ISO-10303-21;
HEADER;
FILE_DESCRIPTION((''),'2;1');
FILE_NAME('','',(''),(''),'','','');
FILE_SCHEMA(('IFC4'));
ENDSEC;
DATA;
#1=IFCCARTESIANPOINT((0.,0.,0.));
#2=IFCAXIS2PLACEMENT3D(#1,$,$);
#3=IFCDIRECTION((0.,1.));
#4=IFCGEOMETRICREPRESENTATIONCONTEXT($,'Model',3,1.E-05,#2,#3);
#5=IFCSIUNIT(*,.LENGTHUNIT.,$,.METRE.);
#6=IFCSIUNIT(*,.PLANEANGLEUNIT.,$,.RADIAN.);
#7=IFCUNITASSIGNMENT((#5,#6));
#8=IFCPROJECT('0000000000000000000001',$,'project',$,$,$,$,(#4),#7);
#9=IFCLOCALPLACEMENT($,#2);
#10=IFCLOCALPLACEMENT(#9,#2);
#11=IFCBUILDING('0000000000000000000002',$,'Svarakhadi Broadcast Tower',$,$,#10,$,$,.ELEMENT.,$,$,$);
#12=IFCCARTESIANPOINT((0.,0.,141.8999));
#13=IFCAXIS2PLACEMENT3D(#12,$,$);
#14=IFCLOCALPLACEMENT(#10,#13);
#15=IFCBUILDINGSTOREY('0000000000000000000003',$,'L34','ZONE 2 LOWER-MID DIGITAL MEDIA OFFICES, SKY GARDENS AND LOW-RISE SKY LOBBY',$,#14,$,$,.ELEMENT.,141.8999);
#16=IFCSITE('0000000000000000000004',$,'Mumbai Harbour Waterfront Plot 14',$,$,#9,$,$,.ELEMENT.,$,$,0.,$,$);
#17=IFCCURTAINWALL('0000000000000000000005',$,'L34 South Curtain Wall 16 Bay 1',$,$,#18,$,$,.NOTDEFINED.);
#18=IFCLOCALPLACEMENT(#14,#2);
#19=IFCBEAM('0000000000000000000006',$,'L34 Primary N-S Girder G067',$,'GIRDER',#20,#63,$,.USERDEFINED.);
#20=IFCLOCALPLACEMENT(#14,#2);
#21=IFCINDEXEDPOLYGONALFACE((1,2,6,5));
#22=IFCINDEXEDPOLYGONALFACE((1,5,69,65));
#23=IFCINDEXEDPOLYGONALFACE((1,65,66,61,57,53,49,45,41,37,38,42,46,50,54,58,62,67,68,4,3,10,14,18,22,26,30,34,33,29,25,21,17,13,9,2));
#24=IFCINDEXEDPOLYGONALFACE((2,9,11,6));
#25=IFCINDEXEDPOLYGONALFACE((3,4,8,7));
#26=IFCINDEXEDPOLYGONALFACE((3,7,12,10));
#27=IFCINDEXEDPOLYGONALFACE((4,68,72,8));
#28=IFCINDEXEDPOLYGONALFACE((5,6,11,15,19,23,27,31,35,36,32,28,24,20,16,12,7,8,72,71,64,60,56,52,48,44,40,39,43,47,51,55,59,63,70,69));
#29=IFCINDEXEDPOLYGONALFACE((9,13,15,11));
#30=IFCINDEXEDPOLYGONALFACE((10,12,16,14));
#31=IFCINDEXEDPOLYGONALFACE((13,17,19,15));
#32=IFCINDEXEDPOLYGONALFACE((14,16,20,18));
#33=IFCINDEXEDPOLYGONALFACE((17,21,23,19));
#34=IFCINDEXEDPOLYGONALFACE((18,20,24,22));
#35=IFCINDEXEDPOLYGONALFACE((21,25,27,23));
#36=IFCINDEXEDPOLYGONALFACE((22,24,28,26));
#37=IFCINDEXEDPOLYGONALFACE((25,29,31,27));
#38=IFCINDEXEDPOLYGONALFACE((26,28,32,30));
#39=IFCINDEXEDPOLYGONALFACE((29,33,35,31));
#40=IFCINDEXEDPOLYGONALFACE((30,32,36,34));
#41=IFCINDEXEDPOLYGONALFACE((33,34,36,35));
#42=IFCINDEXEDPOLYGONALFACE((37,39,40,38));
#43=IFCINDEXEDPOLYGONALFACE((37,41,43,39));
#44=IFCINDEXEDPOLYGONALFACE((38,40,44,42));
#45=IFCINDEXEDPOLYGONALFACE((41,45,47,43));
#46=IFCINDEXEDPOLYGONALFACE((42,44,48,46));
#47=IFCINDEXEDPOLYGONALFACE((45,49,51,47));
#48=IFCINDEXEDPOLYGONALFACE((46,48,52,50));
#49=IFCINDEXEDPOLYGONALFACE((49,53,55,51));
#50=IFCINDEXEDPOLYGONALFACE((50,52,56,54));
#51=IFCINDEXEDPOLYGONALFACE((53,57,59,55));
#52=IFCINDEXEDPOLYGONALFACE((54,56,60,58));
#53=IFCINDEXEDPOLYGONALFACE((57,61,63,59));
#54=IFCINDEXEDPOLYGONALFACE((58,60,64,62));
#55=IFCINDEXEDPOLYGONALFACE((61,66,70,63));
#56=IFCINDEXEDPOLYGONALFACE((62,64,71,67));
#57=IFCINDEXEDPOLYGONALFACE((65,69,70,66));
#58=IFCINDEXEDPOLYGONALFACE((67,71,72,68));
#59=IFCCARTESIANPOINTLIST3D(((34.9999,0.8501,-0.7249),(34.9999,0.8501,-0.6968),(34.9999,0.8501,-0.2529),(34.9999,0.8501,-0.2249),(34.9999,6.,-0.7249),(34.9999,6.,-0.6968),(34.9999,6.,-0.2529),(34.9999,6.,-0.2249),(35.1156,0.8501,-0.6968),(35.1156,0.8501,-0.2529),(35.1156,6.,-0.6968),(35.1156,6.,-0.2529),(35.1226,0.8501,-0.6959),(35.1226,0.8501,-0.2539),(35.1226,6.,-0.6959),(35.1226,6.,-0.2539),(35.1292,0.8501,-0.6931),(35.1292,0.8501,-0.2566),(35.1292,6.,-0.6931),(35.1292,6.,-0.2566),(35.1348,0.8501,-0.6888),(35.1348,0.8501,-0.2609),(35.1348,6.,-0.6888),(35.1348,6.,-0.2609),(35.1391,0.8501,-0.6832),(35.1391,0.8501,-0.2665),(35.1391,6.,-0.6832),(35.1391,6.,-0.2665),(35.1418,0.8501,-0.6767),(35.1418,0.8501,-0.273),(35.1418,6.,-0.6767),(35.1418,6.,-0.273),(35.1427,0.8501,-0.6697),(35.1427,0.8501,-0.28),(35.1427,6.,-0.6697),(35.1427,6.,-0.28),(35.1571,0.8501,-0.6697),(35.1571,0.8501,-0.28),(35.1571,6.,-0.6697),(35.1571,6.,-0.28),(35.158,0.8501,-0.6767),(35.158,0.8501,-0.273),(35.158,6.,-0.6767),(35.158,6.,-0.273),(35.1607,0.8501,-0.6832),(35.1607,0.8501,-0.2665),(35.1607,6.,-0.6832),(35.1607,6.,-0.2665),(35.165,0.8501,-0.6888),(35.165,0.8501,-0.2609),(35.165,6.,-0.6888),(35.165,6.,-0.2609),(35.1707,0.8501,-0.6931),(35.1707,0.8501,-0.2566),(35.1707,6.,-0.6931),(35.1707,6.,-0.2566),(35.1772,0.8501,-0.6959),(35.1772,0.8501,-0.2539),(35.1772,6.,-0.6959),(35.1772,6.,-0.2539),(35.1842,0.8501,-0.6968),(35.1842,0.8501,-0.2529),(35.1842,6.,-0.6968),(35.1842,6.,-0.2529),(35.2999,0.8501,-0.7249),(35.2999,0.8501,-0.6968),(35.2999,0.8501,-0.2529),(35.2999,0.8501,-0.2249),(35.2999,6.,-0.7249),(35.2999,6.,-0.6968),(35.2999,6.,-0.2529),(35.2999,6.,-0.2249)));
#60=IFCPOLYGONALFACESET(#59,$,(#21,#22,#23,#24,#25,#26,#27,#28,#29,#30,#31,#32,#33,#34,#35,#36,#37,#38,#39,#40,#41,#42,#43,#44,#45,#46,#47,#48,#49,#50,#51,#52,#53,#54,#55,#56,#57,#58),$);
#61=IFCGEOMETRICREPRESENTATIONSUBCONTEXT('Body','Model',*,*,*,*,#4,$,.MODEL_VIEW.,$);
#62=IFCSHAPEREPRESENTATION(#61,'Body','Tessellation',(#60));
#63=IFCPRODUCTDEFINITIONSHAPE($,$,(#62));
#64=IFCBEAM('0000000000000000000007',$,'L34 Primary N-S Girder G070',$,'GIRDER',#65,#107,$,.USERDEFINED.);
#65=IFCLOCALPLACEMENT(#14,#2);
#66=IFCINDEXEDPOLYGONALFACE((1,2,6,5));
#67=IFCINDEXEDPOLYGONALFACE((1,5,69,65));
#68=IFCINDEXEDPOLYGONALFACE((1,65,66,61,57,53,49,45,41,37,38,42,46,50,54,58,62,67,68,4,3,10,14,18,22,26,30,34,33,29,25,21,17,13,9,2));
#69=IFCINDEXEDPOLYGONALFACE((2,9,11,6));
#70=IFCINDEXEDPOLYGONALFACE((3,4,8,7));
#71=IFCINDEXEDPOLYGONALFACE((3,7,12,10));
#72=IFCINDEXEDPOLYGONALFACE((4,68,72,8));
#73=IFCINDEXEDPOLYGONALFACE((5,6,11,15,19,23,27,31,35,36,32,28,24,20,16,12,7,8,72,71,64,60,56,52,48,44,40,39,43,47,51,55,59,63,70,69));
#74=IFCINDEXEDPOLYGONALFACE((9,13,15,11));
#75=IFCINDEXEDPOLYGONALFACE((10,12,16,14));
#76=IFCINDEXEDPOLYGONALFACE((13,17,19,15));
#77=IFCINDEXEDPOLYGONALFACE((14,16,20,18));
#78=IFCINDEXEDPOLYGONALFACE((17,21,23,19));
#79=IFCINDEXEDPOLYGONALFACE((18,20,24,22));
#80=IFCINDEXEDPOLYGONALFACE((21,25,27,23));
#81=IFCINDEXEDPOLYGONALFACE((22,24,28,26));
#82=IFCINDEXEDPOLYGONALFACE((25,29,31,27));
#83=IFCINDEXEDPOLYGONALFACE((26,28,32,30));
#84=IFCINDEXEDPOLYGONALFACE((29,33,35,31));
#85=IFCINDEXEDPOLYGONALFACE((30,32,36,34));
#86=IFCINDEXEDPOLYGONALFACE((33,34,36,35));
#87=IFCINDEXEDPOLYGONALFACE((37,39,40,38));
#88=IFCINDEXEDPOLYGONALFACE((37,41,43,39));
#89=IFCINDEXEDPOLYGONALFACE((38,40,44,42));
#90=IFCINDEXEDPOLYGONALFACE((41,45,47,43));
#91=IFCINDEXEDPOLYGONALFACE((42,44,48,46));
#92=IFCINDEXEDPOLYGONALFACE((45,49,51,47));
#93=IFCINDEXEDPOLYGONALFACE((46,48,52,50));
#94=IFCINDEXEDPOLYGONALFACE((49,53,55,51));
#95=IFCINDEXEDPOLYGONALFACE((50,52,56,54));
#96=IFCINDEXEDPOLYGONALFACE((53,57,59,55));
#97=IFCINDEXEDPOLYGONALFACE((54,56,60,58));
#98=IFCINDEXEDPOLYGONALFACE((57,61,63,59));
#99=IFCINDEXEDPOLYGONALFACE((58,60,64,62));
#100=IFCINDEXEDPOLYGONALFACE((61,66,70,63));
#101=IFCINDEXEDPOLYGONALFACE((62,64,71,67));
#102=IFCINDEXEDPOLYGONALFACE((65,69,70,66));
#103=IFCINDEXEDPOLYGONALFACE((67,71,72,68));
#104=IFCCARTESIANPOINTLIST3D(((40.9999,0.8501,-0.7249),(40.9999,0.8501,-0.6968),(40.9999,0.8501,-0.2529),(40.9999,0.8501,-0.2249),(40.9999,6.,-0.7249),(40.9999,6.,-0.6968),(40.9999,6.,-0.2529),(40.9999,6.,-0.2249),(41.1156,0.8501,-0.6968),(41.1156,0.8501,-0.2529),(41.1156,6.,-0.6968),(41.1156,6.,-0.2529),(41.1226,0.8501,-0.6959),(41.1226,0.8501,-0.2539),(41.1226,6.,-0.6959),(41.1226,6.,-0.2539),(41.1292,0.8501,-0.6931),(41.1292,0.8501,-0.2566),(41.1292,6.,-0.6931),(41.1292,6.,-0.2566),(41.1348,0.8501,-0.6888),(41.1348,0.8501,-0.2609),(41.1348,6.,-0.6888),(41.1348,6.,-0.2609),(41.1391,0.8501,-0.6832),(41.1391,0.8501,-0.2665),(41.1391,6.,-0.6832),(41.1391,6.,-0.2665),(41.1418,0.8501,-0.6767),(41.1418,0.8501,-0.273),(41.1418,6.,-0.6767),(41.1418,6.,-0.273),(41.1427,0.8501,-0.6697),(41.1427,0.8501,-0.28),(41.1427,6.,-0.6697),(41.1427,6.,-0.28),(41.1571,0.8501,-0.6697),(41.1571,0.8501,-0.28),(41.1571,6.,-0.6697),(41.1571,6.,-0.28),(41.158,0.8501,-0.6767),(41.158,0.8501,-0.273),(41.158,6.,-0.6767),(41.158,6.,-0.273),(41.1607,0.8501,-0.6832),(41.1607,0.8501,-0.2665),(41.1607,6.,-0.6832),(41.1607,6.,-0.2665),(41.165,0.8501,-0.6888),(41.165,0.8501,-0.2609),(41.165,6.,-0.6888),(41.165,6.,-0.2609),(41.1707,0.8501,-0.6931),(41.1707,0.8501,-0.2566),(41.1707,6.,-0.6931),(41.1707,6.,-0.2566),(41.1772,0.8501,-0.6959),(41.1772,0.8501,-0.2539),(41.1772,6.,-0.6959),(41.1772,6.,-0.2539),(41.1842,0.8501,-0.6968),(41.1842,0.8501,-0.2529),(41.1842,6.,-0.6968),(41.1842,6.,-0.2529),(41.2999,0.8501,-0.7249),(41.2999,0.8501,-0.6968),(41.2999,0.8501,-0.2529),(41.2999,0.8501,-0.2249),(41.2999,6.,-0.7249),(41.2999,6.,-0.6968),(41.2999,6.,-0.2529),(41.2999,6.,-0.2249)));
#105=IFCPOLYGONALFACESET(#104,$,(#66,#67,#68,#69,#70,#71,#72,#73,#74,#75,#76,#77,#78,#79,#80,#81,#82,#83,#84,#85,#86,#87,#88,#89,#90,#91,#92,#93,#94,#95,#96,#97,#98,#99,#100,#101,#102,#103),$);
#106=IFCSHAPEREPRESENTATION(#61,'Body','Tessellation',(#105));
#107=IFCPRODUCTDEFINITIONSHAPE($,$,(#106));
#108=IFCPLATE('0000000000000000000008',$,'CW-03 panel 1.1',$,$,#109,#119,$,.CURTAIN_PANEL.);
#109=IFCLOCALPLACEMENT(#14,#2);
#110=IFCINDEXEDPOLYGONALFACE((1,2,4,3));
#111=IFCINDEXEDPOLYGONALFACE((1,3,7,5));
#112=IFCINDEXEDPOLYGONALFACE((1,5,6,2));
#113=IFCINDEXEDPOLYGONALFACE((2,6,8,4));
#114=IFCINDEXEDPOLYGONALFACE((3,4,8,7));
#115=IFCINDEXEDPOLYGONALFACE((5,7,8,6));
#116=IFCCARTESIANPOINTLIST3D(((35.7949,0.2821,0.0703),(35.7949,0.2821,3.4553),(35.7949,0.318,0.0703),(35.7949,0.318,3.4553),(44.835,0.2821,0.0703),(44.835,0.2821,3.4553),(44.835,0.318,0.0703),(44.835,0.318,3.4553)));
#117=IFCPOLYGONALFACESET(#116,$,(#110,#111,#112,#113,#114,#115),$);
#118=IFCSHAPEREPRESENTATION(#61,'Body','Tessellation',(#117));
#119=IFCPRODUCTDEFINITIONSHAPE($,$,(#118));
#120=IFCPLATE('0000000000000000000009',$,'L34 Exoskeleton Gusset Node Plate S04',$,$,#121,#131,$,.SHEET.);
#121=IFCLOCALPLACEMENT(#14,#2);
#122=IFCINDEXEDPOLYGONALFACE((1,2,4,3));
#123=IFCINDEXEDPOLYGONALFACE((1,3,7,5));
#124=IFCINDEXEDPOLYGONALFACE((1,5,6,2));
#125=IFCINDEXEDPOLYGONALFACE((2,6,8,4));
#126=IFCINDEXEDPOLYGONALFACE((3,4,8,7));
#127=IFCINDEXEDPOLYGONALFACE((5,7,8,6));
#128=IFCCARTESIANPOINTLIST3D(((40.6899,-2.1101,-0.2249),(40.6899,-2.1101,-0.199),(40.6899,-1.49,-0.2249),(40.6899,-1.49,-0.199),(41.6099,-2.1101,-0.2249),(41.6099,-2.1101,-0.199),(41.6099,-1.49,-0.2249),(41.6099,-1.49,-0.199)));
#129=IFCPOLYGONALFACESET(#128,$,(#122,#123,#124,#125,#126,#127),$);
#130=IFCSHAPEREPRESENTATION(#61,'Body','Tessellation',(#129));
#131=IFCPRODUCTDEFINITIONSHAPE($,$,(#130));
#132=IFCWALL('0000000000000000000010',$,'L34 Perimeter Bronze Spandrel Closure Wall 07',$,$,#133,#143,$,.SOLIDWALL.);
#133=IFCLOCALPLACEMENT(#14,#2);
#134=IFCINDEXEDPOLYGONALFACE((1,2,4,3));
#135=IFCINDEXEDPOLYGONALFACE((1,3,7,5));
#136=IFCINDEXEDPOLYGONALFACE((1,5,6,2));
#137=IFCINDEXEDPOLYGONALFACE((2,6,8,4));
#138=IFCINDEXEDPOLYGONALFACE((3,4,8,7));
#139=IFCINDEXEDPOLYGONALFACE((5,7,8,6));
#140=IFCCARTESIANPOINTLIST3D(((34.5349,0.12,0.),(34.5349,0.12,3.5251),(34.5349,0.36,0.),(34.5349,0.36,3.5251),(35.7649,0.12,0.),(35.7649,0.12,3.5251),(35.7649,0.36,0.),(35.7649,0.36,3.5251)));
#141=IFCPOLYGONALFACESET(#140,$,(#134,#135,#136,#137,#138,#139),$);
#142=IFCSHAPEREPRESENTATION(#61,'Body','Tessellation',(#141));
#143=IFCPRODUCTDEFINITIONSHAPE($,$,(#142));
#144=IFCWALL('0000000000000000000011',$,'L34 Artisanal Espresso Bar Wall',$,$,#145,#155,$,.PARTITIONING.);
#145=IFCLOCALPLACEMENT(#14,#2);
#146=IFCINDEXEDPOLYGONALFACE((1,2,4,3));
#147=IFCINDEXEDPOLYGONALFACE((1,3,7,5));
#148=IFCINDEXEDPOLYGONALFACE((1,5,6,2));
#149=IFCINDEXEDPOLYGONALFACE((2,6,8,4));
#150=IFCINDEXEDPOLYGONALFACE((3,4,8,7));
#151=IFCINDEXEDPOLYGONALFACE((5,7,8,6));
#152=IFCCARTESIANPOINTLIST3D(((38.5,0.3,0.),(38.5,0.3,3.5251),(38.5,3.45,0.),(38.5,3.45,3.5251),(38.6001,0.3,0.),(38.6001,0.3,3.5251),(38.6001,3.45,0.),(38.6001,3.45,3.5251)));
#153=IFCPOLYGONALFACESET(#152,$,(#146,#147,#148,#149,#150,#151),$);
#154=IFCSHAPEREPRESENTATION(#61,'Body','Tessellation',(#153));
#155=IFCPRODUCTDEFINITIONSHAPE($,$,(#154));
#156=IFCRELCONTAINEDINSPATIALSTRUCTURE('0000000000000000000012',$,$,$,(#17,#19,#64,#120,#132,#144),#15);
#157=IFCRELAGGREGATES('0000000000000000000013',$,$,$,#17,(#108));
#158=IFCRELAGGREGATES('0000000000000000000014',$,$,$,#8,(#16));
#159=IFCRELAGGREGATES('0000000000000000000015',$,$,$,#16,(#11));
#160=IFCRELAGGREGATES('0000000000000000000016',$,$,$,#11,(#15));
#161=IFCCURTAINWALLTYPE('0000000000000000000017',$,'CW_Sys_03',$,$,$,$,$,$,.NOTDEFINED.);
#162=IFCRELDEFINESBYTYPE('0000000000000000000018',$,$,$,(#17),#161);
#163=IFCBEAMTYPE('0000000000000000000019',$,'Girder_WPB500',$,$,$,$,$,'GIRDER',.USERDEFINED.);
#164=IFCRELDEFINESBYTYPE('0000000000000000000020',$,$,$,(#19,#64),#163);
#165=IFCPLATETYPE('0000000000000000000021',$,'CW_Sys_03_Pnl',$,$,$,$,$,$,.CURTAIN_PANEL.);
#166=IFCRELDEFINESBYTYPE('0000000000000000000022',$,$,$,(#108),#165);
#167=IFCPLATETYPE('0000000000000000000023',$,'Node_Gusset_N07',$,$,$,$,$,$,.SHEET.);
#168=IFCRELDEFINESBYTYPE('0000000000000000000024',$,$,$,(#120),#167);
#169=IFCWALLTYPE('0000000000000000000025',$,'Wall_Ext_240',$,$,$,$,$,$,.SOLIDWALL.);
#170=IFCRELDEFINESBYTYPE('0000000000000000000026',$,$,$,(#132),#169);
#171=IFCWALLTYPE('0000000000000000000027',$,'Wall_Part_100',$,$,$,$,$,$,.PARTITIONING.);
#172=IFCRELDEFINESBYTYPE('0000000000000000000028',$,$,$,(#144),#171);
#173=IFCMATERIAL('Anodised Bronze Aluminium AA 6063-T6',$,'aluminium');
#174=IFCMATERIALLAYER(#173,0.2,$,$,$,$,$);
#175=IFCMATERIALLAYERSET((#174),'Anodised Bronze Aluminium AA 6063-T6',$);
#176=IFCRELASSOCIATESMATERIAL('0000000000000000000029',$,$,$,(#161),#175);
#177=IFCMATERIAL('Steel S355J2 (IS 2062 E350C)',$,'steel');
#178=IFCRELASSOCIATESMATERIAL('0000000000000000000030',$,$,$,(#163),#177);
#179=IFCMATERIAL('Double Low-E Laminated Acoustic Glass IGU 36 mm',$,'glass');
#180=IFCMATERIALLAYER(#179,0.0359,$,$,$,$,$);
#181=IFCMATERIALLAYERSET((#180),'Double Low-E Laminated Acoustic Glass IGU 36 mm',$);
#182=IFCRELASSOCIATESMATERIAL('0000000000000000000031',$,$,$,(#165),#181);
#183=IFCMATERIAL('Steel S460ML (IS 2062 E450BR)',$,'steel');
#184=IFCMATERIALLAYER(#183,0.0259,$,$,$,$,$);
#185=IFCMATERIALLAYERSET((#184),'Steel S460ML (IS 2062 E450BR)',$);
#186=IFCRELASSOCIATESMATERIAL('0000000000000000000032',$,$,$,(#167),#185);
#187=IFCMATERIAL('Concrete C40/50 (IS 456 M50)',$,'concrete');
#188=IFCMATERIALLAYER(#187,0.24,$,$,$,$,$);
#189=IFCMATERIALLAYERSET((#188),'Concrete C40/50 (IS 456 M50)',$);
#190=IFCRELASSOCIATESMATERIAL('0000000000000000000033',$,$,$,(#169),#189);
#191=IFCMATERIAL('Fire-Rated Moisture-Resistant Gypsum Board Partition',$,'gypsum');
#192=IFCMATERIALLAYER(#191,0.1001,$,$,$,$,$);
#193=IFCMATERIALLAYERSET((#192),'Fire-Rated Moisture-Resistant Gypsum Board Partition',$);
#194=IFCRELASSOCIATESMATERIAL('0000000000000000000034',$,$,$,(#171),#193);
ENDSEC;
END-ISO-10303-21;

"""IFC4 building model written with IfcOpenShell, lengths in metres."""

from ifc_helpers import new_model, si_unit, direction, frame, frame_2d, origin, origin_2d, place, context, subcontext, project, spatial, rectangle, i_section, extrude, material, layer, layer_set, material_profile, profile_set, type_object, element, aggregate, save


model = new_model("IFC4")

# Units and contexts
model_context = context("Model", 3, precision=1e-05, world=origin(), true_north=direction((0.0, 1.0)))
body_context = subcontext(model_context, "Body", "Model", "MODEL_VIEW")
ifc_project = project(units=[si_unit("LENGTHUNIT", "METRE"), si_unit("PLANEANGLEUNIT", "RADIAN")], contexts=[model_context])

# Site, building, storey
site_placement = place(None, origin())
site = spatial("IfcSite", under=ifc_project, at=site_placement, Name="Mumbai Harbour Waterfront Plot 14", CompositionType="ELEMENT", RefElevation=0.0)
building_placement = place(site_placement, origin())
building = spatial("IfcBuilding", under=site, at=building_placement, Name="Svarakhadi Broadcast Tower", CompositionType="ELEMENT")
storey_placement = place(building_placement, frame((0.0, 0.0, 141.8999)))
storey = spatial("IfcBuildingStorey", under=building, at=storey_placement, Name="L34", Description="ZONE 2 LOWER-MID DIGITAL MEDIA OFFICES, SKY GARDENS AND LOW-RISE SKY LOBBY", CompositionType="ELEMENT", Elevation=141.8999)

# Shared definitions
ifc_material_1 = material(Name="Steel S460ML (IS 2062 E450BR)", Category="steel")

# Curtain wall
ifc_material_2 = material(Name="Anodised Bronze Aluminium AA 6063-T6", Category="aluminium")
ifc_layer_1 = layer(ifc_material_2, 0.2)
ifc_layer_set_1 = layer_set([ifc_layer_1], Name="Anodised Bronze Aluminium AA 6063-T6")
curtain_wall_type = type_object("IfcCurtainWallType", Name="CW_Sys_03", PredefinedType="NOTDEFINED", material=ifc_layer_set_1)
curtain_wall_1_placement = place(storey_placement, origin())
curtain_wall_1 = element("IfcCurtainWall", 1, at=curtain_wall_1_placement, inside=storey, type_object=curtain_wall_type, Name="L34 South Curtain Wall 16 Bay 1", PredefinedType="NOTDEFINED")

# Beams
ifc_material_3 = material(Name="Steel S355J2 (IS 2062 E350C)", Category="steel")
ifc_material_profile_1 = material_profile(ifc_material_3, i_section(OverallWidth=0.3, OverallDepth=0.5, WebThickness=0.0144, FlangeThickness=0.0281, FilletRadius=0.0271, at=origin_2d()), Name="WPB 500x300x187")
ifc_profile_set_1 = profile_set([ifc_material_profile_1], Name="Steel S355J2 (IS 2062 E350C)")
beam_type = type_object("IfcBeamType", Name="Girder_WPB500", ElementType="GIRDER", PredefinedType="USERDEFINED", material=ifc_profile_set_1)
for number, where, z_axis, x_axis, name in (
    (2, (35.1499, 0.8501, -0.4749), (0.0, 1.0, 0.0), (-1.0, 0.0, 0.0), "L34 Primary N-S Girder G067"),
    (3, (41.1499, 0.8501, -0.4749), (0.0, 1.0, 0.0), (-1.0, 0.0, 0.0), "L34 Primary N-S Girder G070"),
):
    element("IfcBeam", number, at=place(storey_placement, frame(where, z_axis=z_axis, x_axis=x_axis)), inside=storey, type_object=beam_type, Name=name, ObjectType="GIRDER", PredefinedType="USERDEFINED", context=body_context, shape_type="SweptSolid", body=[
        extrude(i_section(OverallWidth=0.3, OverallDepth=0.5, WebThickness=0.0144, FlangeThickness=0.0281, FilletRadius=0.0271, at=origin_2d()), origin(), (0.0, 0.0, 1.0), 5.1499),
    ])

# Plates
ifc_material_4 = material(Name="Double Low-E Laminated Acoustic Glass IGU 36 mm", Category="glass")
ifc_layer_2 = layer(ifc_material_4, 0.0359)
ifc_layer_set_2 = layer_set([ifc_layer_2], Name="Double Low-E Laminated Acoustic Glass IGU 36 mm")
plate_type_1 = type_object("IfcPlateType", Name="CW_Sys_03_Pnl", PredefinedType="CURTAIN_PANEL", material=ifc_layer_set_2)
plate_1_placement = place(storey_placement, frame((40.3149, 0.3, 0.0703), z_axis=(0.0, 0.0, 1.0), x_axis=(-1.0, 0.0, 0.0)))
plate_1 = element("IfcPlate", 4, at=plate_1_placement, type_object=plate_type_1, Name="CW-03 panel 1.1", PredefinedType="CURTAIN_PANEL", context=body_context, shape_type="SweptSolid", body=[
    extrude(rectangle(XDim=9.04, YDim=0.0359, at=origin_2d()), origin(), (0.0, 0.0, 1.0), 3.385),
])
aggregate(curtain_wall_1, [plate_1])
ifc_layer_3 = layer(ifc_material_1, 0.0259)
ifc_layer_set_3 = layer_set([ifc_layer_3], Name="Steel S460ML (IS 2062 E450BR)")
plate_type_2 = type_object("IfcPlateType", Name="Node_Gusset_N07", PredefinedType="SHEET", material=ifc_layer_set_3)
plate_2_placement = place(storey_placement, frame((41.1499, -1.8, -0.2249), z_axis=(0.0, 0.0, 1.0), x_axis=(1.0, 0.0, 0.0)))
element("IfcPlate", 5, at=plate_2_placement, inside=storey, type_object=plate_type_2, Name="L34 Exoskeleton Gusset Node Plate S04", PredefinedType="SHEET", context=body_context, shape_type="SweptSolid", body=[
    extrude(rectangle(XDim=0.9199, YDim=0.6201, at=origin_2d()), origin(), (0.0, 0.0, 1.0), 0.0259),
])

# Walls
ifc_material_5 = material(Name="Concrete C40/50 (IS 456 M50)", Category="concrete")
ifc_layer_4 = layer(ifc_material_5, 0.24)
ifc_layer_set_4 = layer_set([ifc_layer_4], Name="Concrete C40/50 (IS 456 M50)")
wall_type_1 = type_object("IfcWallType", Name="Wall_Ext_240", PredefinedType="SOLIDWALL", material=ifc_layer_set_4)
wall_1_placement = place(storey_placement, frame((35.7649, 0.24, 0.0), z_axis=(0.0, 0.0, 1.0), x_axis=(-1.0, 0.0, 0.0)))
element("IfcWall", 6, at=wall_1_placement, inside=storey, type_object=wall_type_1, Name="L34 Perimeter Bronze Spandrel Closure Wall 07", PredefinedType="SOLIDWALL", context=body_context, shape_type="SweptSolid", body=[
    extrude(rectangle(XDim=1.23, YDim=0.24, at=frame_2d((0.615, 0.0))), origin(), (0.0, 0.0, 1.0), 3.5251),
])
ifc_material_6 = material(Name="Fire-Rated Moisture-Resistant Gypsum Board Partition", Category="gypsum")
ifc_layer_5 = layer(ifc_material_6, 0.1001)
ifc_layer_set_5 = layer_set([ifc_layer_5], Name="Fire-Rated Moisture-Resistant Gypsum Board Partition")
wall_type_2 = type_object("IfcWallType", Name="Wall_Part_100", PredefinedType="PARTITIONING", material=ifc_layer_set_5)
wall_2_placement = place(storey_placement, frame((38.55, 0.3, 0.0), z_axis=(0.0, 0.0, 1.0), x_axis=(0.0, 1.0, 0.0)))
element("IfcWall", 7, at=wall_2_placement, inside=storey, type_object=wall_type_2, Name="L34 Artisanal Espresso Bar Wall", PredefinedType="PARTITIONING", context=body_context, shape_type="SweptSolid", body=[
    extrude(rectangle(XDim=3.1499, YDim=0.1001, at=frame_2d((1.575, 0.0))), origin(), (0.0, 0.0, 1.0), 3.5251),
])

save(model, "model.ifc")
